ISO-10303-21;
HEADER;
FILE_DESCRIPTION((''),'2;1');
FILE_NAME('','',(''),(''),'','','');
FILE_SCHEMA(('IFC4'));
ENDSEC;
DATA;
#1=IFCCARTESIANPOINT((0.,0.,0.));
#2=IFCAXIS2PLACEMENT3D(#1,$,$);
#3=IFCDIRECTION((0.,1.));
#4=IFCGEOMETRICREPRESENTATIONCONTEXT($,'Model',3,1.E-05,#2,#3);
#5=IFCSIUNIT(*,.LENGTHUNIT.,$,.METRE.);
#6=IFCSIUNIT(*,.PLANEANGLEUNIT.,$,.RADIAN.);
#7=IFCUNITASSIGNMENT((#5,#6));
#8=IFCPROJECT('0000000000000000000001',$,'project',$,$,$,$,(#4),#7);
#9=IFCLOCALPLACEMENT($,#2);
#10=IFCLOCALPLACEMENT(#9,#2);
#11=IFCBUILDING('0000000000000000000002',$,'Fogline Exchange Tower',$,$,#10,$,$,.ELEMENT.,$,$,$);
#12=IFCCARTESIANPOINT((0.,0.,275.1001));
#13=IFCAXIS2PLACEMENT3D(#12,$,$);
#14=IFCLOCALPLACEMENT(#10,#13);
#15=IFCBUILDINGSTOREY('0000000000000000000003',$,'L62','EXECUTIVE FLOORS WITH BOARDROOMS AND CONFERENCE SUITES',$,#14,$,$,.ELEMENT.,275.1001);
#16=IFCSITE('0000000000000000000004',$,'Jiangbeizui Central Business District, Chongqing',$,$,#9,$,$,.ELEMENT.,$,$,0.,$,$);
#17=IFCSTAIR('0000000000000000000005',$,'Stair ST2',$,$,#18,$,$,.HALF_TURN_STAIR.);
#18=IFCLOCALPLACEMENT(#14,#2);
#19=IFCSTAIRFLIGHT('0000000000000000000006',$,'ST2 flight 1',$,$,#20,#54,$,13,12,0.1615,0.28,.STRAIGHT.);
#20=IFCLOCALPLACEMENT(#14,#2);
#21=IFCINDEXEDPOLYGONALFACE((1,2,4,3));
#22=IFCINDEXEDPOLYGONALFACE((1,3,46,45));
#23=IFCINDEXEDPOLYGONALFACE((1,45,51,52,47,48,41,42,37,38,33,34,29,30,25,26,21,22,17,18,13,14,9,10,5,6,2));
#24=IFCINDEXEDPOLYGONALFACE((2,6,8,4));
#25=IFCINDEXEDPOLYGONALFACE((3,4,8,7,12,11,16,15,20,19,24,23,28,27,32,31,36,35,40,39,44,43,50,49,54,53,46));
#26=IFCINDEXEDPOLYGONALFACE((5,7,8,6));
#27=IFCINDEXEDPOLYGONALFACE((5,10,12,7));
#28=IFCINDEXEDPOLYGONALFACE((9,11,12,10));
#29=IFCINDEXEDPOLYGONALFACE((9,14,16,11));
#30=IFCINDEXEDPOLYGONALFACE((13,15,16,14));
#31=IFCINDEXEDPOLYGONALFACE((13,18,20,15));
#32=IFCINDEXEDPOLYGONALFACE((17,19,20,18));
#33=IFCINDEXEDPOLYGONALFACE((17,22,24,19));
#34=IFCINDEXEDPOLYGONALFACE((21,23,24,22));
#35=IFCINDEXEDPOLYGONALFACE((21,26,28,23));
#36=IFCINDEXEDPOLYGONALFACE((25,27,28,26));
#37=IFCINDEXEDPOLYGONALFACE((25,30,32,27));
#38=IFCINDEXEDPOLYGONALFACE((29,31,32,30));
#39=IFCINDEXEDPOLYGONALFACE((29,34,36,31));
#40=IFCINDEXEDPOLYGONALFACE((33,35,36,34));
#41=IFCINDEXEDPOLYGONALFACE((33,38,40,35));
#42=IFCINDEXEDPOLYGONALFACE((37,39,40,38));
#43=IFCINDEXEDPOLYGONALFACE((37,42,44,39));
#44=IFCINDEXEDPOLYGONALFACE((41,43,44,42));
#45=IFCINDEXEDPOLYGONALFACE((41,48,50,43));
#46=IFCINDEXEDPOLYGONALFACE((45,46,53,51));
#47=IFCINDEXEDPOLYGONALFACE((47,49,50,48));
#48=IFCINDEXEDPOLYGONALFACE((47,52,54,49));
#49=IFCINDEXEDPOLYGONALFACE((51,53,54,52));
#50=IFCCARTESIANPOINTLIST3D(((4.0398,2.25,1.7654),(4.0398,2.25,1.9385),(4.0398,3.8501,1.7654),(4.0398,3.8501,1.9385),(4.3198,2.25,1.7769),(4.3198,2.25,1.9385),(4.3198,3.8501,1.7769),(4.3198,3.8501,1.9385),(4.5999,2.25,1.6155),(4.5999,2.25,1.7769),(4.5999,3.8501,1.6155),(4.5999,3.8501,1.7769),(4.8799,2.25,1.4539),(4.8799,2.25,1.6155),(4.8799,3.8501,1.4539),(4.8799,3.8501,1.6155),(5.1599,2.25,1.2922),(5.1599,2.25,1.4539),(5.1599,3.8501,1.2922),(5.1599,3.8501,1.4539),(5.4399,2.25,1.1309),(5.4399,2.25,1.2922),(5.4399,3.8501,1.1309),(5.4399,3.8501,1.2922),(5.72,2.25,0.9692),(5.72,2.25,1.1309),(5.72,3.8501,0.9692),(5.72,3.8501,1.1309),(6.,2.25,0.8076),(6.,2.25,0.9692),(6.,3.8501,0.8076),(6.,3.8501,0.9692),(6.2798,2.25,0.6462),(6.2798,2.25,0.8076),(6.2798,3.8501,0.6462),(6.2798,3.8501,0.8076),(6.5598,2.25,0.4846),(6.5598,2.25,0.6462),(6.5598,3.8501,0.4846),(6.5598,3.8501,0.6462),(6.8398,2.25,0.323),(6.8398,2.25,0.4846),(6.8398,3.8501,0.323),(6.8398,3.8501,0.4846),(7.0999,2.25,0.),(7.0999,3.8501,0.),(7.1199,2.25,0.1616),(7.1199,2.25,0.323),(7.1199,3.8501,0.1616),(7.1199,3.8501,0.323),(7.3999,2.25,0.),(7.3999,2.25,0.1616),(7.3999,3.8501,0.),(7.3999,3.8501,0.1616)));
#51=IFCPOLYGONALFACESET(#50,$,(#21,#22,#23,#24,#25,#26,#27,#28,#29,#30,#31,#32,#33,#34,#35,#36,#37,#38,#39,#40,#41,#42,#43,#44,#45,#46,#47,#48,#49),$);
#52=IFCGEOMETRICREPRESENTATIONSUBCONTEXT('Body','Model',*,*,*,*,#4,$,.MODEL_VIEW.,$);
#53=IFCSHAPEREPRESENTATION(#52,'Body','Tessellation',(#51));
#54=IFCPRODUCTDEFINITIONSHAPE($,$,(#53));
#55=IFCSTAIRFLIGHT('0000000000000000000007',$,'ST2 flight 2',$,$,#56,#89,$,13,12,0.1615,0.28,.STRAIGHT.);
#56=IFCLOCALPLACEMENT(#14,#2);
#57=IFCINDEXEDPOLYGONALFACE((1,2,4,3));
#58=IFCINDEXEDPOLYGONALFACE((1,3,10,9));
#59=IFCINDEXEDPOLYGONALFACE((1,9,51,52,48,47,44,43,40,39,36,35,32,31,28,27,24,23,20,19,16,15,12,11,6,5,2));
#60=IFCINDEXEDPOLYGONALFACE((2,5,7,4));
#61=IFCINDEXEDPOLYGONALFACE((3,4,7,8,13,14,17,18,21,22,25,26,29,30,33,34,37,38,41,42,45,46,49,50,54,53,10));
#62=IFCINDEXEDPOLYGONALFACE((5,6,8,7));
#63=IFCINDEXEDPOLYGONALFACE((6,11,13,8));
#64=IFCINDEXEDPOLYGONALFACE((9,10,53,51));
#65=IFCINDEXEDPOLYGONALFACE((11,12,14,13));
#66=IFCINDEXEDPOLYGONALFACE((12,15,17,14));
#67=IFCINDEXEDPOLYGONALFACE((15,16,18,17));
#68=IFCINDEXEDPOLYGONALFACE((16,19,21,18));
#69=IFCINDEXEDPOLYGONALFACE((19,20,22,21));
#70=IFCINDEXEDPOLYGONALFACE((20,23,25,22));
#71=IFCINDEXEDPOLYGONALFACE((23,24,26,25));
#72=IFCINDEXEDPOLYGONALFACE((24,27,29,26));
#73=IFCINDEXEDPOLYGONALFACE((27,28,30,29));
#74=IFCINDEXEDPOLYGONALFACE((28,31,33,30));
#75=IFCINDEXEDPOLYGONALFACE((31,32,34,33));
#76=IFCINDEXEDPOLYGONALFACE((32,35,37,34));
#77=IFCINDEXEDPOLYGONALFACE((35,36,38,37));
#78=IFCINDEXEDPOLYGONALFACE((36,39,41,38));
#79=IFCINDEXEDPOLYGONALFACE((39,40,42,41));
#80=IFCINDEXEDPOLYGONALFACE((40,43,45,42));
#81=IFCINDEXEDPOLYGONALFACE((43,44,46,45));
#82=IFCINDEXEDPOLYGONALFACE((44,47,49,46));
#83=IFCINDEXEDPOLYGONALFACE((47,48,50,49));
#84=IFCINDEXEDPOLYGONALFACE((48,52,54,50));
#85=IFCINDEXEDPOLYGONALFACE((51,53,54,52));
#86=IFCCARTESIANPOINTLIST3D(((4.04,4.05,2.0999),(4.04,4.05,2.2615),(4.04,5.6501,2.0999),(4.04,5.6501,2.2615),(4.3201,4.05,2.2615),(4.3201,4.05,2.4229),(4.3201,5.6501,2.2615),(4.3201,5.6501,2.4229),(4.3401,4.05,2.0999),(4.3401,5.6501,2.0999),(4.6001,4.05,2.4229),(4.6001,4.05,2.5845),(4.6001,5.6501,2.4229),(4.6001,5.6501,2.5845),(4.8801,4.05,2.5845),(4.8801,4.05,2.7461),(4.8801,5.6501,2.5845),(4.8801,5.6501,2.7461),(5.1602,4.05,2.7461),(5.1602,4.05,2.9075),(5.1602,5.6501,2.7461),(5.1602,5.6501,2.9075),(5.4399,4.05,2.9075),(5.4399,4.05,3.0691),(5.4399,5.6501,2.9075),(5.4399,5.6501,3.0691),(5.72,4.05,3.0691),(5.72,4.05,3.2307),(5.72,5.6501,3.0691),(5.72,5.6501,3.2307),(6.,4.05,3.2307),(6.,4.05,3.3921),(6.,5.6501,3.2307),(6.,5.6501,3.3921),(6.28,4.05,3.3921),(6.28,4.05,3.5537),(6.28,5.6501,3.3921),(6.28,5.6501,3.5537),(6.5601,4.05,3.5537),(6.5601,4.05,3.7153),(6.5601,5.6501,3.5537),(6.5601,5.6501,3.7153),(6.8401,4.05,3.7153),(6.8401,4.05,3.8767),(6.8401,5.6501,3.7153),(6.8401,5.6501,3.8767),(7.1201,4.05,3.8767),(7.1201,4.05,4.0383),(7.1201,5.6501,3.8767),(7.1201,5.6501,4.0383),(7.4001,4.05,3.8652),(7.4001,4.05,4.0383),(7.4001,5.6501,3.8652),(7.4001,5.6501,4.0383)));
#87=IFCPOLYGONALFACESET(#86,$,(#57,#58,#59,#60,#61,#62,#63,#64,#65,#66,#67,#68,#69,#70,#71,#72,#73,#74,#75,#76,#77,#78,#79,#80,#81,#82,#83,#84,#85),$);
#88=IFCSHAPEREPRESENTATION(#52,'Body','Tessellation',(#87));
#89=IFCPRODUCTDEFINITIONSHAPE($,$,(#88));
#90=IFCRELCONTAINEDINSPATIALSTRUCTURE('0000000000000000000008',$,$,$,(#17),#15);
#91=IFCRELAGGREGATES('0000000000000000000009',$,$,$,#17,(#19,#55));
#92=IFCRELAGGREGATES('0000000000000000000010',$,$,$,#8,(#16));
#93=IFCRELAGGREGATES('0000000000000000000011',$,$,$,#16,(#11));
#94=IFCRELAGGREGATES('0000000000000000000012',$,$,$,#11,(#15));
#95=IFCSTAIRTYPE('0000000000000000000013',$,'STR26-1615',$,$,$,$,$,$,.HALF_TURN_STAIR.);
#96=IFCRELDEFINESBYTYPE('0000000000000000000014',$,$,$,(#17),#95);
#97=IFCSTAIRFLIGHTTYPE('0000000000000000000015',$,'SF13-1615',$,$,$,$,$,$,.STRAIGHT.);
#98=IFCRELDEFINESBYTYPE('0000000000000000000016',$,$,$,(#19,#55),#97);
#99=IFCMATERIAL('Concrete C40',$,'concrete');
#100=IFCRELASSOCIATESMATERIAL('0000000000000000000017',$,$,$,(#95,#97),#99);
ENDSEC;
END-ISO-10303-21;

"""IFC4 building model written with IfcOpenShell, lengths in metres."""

from ifc_helpers import new_model, si_unit, direction, frame, origin, place, context, subcontext, project, spatial, polyline, outline, extrude, material, type_object, element, aggregate, save


model = new_model("IFC4")

# Units and contexts
model_context = context("Model", 3, precision=1e-05, world=origin(), true_north=direction((0.0, 1.0)))
body_context = subcontext(model_context, "Body", "Model", "MODEL_VIEW")
ifc_project = project(units=[si_unit("LENGTHUNIT", "METRE"), si_unit("PLANEANGLEUNIT", "RADIAN")], contexts=[model_context])

# Site, building, storey
site_placement = place(None, origin())
site = spatial("IfcSite", under=ifc_project, at=site_placement, Name="Jiangbeizui Central Business District, Chongqing", CompositionType="ELEMENT", RefElevation=0.0)
building_placement = place(site_placement, origin())
building = spatial("IfcBuilding", under=site, at=building_placement, Name="Fogline Exchange Tower", CompositionType="ELEMENT")
storey_placement = place(building_placement, frame((0.0, 0.0, 275.1001)))
storey = spatial("IfcBuildingStorey", under=building, at=storey_placement, Name="L62", Description="EXECUTIVE FLOORS WITH BOARDROOMS AND CONFERENCE SUITES", CompositionType="ELEMENT", Elevation=275.1001)

# Shared definitions
ifc_material_1 = material(Name="Concrete C40", Category="concrete")

# Stair, stair flights
stair_type = type_object("IfcStairType", Name="STR26-1615", PredefinedType="HALF_TURN_STAIR", material=ifc_material_1)
stair_placement = place(storey_placement, origin())
stair = element("IfcStair", 1, at=stair_placement, inside=storey, type_object=stair_type, Name="Stair ST2", PredefinedType="HALF_TURN_STAIR")
stair_flight_type = type_object("IfcStairFlightType", Name="SF13-1615", PredefinedType="STRAIGHT", material=ifc_material_1)
stair_flight_1_placement = place(storey_placement, frame((7.3999, 3.05, 0.0), z_axis=(0.0, 0.0, 1.0), x_axis=(-1.0, 0.0, 0.0)))
stair_flight_1 = element("IfcStairFlight", 2, at=stair_flight_1_placement, type_object=stair_flight_type, Name="ST2 flight 1", NumberOfRisers=13, NumberOfTreads=12, PredefinedType="STRAIGHT", RiserHeight=0.1615, TreadLength=0.28, context=body_context, shape_type="SweptSolid", body=[
    extrude(outline(polyline([(0.0, 0.0), (0.0, 0.1616), (0.28, 0.1616), (0.28, 0.323), (0.5601, 0.323), (0.5601, 0.4846), (0.8401, 0.4846), (0.8401, 0.6462), (1.1201, 0.6462), (1.1201, 0.8076), (1.3999, 0.8076), (1.3999, 0.9692), (1.6799, 0.9692), (1.6799, 1.1309), (1.96, 1.1309), (1.96, 1.2922), (2.24, 1.2922), (2.24, 1.4539), (2.52, 1.4539), (2.52, 1.6155), (2.8, 1.6155), (2.8, 1.7769), (3.0801, 1.7769), (3.0801, 1.9385), (3.3601, 1.9385), (3.3601, 2.1001), (3.3601, 1.7654), (0.3, 0.0), (0.0, 0.0)])), frame((0.0, 0.8, 0.0), z_axis=(0.0, -1.0, 0.0), x_axis=(1.0, 0.0, 0.0)), (0.0, 0.0, 1.0), 1.6001),
])
stair_flight_2_placement = place(storey_placement, frame((4.04, 4.8501, 2.0999), z_axis=(0.0, 0.0, 1.0), x_axis=(1.0, 0.0, 0.0)))
stair_flight_2 = element("IfcStairFlight", 3, at=stair_flight_2_placement, type_object=stair_flight_type, Name="ST2 flight 2", NumberOfRisers=13, NumberOfTreads=12, PredefinedType="STRAIGHT", RiserHeight=0.1615, TreadLength=0.28, context=body_context, shape_type="SweptSolid", body=[
    extrude(outline(polyline([(0.0, 0.0), (0.0, 0.1616), (0.28, 0.1616), (0.28, 0.323), (0.5601, 0.323), (0.5601, 0.4846), (0.8401, 0.4846), (0.8401, 0.6462), (1.1201, 0.6462), (1.1201, 0.8076), (1.3999, 0.8076), (1.3999, 0.9692), (1.6799, 0.9692), (1.6799, 1.1309), (1.96, 1.1309), (1.96, 1.2922), (2.24, 1.2922), (2.24, 1.4539), (2.52, 1.4539), (2.52, 1.6155), (2.8, 1.6155), (2.8, 1.7769), (3.0801, 1.7769), (3.0801, 1.9385), (3.3601, 1.9385), (3.3601, 2.1001), (3.3601, 1.7654), (0.3, 0.0), (0.0, 0.0)])), frame((0.0, 0.8, 0.0), z_axis=(0.0, -1.0, 0.0), x_axis=(1.0, 0.0, 0.0)), (0.0, 0.0, 1.0), 1.6001),
])
aggregate(stair, [stair_flight_1, stair_flight_2])

save(model, "model.ifc")
